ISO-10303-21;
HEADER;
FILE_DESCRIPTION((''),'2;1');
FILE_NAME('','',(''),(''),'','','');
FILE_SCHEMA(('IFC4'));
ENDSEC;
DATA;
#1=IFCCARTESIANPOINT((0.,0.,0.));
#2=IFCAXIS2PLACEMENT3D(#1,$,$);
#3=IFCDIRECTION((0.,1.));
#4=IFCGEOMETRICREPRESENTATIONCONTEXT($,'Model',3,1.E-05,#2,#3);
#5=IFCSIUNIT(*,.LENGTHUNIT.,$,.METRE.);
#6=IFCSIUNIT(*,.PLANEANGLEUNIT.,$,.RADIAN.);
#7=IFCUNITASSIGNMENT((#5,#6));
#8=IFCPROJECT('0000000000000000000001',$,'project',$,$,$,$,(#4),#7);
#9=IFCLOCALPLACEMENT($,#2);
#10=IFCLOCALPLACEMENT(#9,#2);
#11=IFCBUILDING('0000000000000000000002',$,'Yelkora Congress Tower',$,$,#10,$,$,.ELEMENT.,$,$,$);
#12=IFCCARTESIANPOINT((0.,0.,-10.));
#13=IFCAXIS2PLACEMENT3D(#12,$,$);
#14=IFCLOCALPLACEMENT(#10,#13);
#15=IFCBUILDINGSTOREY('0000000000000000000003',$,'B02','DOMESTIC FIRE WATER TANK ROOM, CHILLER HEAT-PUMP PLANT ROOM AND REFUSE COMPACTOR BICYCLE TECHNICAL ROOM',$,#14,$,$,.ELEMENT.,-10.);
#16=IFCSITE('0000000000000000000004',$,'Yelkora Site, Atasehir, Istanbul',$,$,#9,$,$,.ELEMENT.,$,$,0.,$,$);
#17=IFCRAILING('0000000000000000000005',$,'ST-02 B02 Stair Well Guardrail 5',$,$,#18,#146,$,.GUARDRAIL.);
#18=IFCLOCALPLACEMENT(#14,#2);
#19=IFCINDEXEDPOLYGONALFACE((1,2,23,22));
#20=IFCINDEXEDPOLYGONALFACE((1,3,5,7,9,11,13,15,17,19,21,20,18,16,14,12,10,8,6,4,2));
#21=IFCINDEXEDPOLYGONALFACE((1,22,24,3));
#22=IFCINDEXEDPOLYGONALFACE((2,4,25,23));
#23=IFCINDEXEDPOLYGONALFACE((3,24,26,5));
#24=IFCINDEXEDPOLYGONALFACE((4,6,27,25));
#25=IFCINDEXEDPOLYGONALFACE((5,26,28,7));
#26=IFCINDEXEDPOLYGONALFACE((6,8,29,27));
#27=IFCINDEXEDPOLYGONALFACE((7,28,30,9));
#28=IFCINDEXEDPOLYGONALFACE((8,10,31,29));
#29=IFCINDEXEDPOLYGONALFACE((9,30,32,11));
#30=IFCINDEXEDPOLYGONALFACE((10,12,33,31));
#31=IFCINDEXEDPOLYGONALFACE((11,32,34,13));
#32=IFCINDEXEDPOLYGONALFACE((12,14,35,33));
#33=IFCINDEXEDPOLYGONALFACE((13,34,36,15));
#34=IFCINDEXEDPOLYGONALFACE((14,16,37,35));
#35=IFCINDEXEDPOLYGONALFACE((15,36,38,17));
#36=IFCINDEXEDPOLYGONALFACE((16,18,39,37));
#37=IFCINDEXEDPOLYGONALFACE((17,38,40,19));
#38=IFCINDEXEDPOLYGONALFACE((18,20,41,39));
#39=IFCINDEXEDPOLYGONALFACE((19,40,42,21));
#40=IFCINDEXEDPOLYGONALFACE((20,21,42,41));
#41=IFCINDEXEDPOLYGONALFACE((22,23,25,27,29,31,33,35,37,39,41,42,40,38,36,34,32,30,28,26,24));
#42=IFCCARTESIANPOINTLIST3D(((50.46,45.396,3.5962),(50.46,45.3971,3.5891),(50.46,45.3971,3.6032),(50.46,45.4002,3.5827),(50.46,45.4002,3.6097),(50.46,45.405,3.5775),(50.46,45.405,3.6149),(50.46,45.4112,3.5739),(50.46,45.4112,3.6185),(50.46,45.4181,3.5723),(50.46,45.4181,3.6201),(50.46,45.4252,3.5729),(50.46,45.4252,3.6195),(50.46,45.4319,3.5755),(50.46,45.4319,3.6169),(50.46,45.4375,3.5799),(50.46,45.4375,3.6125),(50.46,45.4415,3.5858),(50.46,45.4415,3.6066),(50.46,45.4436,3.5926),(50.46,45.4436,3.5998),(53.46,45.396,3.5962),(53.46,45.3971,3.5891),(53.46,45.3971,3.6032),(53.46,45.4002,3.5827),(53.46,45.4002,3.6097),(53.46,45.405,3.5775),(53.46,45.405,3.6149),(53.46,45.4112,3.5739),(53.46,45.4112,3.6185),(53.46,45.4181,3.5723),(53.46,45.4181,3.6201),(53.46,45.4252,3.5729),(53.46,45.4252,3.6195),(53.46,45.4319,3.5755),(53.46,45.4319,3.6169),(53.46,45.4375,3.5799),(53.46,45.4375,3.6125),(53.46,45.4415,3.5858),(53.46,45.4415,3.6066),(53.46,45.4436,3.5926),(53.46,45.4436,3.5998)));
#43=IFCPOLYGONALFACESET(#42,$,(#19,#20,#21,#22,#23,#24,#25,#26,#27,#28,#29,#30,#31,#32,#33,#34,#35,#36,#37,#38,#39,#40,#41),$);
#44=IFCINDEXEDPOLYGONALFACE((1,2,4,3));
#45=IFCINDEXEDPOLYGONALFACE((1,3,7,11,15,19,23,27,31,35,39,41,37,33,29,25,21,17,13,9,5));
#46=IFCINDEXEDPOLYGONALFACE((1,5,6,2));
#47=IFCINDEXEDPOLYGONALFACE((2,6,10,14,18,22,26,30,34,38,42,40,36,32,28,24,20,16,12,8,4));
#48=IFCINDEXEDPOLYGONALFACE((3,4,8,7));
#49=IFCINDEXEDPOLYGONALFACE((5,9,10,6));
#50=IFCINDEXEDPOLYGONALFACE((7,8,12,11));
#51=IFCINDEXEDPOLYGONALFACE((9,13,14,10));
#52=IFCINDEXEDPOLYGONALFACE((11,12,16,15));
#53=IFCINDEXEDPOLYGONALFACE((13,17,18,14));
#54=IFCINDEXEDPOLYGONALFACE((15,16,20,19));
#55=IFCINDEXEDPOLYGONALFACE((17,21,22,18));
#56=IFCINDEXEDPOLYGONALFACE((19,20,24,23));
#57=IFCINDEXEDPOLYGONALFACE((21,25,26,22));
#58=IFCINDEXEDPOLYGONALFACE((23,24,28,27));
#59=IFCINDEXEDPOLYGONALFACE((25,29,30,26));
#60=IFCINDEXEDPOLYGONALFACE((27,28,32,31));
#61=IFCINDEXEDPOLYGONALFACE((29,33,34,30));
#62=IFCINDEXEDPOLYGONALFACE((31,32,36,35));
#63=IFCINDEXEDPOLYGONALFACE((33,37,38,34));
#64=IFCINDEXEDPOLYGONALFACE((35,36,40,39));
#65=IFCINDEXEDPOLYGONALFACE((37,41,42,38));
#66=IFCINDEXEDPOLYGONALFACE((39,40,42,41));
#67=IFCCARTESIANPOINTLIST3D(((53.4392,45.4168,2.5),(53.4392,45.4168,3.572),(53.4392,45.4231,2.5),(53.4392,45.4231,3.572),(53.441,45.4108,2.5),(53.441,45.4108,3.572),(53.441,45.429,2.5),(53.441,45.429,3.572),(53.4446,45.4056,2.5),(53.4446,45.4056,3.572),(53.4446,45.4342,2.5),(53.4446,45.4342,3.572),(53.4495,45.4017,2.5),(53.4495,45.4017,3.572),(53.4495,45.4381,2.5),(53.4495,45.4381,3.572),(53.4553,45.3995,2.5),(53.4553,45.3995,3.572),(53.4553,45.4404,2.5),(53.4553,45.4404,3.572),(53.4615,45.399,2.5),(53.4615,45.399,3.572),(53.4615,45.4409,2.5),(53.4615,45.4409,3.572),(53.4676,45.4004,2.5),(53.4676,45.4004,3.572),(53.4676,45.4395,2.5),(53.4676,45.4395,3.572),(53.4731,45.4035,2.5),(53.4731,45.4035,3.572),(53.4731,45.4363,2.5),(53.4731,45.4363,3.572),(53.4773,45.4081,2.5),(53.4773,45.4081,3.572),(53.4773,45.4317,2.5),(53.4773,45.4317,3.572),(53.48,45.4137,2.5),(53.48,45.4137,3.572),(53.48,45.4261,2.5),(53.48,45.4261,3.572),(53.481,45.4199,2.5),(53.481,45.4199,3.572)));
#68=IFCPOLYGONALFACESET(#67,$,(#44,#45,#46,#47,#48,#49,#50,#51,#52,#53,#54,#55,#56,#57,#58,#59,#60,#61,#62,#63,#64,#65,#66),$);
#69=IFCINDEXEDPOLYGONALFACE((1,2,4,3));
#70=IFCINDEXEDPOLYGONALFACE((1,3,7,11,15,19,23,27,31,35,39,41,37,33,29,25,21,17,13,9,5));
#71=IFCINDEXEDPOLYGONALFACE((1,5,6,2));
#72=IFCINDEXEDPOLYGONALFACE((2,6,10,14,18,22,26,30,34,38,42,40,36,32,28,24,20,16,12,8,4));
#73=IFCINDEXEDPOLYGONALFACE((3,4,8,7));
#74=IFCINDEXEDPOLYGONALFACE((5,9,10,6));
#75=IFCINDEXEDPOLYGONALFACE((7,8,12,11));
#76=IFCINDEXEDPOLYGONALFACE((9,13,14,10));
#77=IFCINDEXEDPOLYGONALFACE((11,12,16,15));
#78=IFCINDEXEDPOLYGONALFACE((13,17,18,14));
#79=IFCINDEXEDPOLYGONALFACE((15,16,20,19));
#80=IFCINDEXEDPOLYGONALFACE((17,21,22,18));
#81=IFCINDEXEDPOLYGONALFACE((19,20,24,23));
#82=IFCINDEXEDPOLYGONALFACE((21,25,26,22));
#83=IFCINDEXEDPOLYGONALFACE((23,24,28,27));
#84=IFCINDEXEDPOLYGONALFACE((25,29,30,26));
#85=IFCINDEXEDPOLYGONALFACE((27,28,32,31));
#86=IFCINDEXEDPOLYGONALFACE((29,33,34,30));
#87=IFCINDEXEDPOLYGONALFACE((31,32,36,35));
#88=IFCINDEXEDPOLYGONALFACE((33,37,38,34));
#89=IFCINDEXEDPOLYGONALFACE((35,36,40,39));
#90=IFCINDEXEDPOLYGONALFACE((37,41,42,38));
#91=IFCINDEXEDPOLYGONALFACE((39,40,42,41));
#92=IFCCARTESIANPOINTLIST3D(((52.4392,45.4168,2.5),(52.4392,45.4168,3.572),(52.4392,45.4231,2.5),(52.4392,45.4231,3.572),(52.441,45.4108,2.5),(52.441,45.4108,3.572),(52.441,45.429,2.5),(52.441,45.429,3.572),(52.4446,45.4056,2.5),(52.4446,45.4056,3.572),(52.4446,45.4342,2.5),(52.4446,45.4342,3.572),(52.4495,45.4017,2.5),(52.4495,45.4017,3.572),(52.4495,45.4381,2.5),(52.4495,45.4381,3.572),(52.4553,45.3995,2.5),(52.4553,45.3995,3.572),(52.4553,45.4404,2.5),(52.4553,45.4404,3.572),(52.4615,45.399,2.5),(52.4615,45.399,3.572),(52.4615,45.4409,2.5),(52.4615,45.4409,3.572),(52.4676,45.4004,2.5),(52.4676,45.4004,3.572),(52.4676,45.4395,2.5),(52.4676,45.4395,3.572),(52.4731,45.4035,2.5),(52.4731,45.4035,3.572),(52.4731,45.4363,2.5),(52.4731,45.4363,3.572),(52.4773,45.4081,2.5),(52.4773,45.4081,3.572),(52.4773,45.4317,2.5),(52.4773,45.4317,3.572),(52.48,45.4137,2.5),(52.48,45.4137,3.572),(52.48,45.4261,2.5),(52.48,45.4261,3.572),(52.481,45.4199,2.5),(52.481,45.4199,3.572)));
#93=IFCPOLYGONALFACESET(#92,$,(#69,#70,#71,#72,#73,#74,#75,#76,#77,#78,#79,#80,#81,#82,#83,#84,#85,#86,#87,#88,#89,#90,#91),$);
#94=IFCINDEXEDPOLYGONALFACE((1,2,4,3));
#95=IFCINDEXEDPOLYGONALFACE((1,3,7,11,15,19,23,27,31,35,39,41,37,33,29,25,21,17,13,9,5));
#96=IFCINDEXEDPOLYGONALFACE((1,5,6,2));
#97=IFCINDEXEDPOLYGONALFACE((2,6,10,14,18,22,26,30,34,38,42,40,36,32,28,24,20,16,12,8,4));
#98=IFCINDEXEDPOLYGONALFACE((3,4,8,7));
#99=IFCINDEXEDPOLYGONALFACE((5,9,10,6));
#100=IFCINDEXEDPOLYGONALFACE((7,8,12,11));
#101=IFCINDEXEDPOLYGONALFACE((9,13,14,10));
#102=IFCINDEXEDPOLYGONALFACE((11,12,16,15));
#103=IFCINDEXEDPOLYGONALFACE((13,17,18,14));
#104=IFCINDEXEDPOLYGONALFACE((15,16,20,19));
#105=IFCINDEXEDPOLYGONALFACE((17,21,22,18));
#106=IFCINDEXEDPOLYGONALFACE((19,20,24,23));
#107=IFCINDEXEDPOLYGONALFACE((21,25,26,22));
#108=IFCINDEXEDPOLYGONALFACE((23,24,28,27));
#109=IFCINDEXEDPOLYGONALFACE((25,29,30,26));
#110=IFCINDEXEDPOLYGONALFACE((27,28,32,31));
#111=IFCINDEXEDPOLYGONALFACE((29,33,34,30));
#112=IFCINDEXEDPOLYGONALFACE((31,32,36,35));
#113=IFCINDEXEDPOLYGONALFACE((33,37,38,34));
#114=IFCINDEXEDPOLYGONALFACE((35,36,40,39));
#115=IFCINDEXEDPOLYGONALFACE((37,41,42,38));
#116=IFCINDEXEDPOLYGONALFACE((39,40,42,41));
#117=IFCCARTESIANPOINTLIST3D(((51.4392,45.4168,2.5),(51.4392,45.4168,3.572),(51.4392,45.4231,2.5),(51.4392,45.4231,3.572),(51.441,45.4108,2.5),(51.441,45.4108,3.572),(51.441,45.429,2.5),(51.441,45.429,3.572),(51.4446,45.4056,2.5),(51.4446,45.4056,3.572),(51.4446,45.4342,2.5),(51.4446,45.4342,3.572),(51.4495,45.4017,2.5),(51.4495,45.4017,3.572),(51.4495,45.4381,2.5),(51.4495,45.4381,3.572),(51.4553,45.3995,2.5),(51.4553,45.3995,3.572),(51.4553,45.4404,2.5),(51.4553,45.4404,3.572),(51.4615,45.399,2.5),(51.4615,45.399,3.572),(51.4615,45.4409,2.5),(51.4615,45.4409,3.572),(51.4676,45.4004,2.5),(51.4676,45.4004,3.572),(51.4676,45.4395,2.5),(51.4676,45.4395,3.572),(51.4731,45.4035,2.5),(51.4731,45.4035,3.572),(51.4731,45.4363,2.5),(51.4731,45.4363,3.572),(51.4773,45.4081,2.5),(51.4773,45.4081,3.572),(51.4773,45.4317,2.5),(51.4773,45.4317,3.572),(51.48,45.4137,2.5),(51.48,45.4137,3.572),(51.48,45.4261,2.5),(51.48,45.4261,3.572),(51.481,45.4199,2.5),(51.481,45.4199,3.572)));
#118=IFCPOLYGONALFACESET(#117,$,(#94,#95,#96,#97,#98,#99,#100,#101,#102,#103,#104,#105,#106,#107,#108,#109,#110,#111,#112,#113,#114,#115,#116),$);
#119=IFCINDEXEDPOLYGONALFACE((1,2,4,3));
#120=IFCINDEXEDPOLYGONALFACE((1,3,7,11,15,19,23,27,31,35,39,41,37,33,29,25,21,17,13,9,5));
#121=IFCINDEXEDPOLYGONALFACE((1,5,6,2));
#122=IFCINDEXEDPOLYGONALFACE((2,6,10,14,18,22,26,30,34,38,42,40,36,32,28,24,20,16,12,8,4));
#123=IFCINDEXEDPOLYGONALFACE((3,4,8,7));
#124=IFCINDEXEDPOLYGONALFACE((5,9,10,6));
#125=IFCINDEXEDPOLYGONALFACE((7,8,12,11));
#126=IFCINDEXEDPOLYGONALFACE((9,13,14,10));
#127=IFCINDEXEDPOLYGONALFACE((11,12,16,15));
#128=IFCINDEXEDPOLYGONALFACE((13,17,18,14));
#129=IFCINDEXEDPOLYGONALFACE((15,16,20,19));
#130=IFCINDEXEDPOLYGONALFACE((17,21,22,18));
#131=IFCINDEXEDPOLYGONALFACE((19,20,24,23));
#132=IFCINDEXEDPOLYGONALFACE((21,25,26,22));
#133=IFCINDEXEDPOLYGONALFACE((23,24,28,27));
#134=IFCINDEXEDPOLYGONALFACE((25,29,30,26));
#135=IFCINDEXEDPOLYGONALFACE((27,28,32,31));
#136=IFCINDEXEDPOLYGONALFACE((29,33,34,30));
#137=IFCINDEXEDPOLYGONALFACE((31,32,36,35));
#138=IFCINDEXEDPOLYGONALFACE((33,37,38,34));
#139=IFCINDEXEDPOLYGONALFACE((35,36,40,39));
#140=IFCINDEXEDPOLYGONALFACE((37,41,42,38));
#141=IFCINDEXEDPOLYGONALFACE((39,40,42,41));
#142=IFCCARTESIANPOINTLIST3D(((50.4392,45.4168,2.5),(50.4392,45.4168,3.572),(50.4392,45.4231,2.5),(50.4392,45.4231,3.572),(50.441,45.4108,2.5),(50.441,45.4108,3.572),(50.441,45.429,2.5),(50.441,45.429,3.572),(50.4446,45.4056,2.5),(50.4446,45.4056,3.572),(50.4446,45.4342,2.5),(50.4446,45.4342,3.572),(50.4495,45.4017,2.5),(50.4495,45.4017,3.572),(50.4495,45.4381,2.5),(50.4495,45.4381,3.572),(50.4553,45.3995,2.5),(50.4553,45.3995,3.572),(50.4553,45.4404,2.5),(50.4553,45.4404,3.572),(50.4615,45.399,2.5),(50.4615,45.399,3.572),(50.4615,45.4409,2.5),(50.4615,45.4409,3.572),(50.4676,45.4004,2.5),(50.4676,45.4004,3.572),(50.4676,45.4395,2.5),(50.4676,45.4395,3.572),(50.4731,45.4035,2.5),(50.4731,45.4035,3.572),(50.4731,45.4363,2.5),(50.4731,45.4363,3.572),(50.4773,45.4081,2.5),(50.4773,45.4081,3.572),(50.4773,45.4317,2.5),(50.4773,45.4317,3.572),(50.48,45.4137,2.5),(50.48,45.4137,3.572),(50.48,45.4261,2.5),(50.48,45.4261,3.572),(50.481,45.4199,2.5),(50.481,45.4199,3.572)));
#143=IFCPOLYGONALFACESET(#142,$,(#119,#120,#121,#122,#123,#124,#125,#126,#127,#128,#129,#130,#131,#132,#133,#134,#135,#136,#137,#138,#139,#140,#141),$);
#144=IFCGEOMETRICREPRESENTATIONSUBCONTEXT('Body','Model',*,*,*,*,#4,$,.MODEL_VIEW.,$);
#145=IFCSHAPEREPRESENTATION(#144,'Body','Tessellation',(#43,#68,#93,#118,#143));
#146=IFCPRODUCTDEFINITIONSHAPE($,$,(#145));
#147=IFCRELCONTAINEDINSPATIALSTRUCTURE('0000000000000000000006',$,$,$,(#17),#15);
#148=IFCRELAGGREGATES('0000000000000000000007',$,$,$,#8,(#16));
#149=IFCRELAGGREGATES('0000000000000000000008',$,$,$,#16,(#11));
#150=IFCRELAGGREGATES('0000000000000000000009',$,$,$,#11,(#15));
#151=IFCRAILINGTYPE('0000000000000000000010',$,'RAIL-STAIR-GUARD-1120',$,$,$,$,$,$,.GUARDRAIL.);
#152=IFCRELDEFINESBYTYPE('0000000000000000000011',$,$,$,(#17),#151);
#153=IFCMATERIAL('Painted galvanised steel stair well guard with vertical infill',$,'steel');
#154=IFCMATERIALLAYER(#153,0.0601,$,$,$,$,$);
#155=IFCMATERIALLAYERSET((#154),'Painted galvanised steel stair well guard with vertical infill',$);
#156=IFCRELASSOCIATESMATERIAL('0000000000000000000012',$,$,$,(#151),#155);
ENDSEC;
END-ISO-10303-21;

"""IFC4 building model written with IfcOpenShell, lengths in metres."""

from ifc_helpers import new_model, si_unit, direction, frame, origin, origin_2d, place, context, subcontext, project, spatial, circle, extrude, material, layer, layer_set, type_object, element, save


model = new_model("IFC4")

# Units and contexts
model_context = context("Model", 3, precision=1e-05, world=origin(), true_north=direction((0.0, 1.0)))
body_context = subcontext(model_context, "Body", "Model", "MODEL_VIEW")
ifc_project = project(units=[si_unit("LENGTHUNIT", "METRE"), si_unit("PLANEANGLEUNIT", "RADIAN")], contexts=[model_context])

# Site, building, storey
site_placement = place(None, origin())
site = spatial("IfcSite", under=ifc_project, at=site_placement, Name="Yelkora Site, Atasehir, Istanbul", CompositionType="ELEMENT", RefElevation=0.0)
building_placement = place(site_placement, origin())
building = spatial("IfcBuilding", under=site, at=building_placement, Name="Yelkora Congress Tower", CompositionType="ELEMENT")
storey_placement = place(building_placement, frame((0.0, 0.0, -10.0)))
storey = spatial("IfcBuildingStorey", under=building, at=storey_placement, Name="B02", Description="DOMESTIC FIRE WATER TANK ROOM, CHILLER HEAT-PUMP PLANT ROOM AND REFUSE COMPACTOR BICYCLE TECHNICAL ROOM", CompositionType="ELEMENT", Elevation=-10.0)

# Railing
ifc_material_1 = material(Name="Painted galvanised steel stair well guard with vertical infill", Category="steel")
ifc_layer_1 = layer(ifc_material_1, 0.0601)
ifc_layer_set_1 = layer_set([ifc_layer_1], Name="Painted galvanised steel stair well guard with vertical infill")
railing_type_1 = type_object("IfcRailingType", Name="RAIL-STAIR-GUARD-1120", PredefinedType="GUARDRAIL", material=ifc_layer_set_1)
railing_1_placement = place(storey_placement, frame((53.46, 45.4199, 2.5)))
element("IfcRailing", 1, at=railing_1_placement, inside=storey, type_object=railing_type_1, Name="ST-02 B02 Stair Well Guardrail 5", PredefinedType="GUARDRAIL", context=body_context, shape_type="SweptSolid", body=[
    extrude(circle(Radius=0.0239, at=origin_2d()), frame((0.0, 0.0, 1.0962), z_axis=(-1.0, 0.0, 0.0), x_axis=(0.0, -1.0, 0.0)), (0.0, 0.0, 1.0), 3.0),
    extrude(circle(Radius=0.021, at=origin_2d()), origin(), (0.0, 0.0, 1.0), 1.072),
    extrude(circle(Radius=0.021, at=origin_2d()), frame((-1.0, 0.0, 0.0)), (0.0, 0.0, 1.0), 1.072),
    extrude(circle(Radius=0.021, at=origin_2d()), frame((-2.0, 0.0, 0.0)), (0.0, 0.0, 1.0), 1.072),
    extrude(circle(Radius=0.021, at=origin_2d()), frame((-3.0, 0.0, 0.0)), (0.0, 0.0, 1.0), 1.072),
])

save(model, "model.ifc")
